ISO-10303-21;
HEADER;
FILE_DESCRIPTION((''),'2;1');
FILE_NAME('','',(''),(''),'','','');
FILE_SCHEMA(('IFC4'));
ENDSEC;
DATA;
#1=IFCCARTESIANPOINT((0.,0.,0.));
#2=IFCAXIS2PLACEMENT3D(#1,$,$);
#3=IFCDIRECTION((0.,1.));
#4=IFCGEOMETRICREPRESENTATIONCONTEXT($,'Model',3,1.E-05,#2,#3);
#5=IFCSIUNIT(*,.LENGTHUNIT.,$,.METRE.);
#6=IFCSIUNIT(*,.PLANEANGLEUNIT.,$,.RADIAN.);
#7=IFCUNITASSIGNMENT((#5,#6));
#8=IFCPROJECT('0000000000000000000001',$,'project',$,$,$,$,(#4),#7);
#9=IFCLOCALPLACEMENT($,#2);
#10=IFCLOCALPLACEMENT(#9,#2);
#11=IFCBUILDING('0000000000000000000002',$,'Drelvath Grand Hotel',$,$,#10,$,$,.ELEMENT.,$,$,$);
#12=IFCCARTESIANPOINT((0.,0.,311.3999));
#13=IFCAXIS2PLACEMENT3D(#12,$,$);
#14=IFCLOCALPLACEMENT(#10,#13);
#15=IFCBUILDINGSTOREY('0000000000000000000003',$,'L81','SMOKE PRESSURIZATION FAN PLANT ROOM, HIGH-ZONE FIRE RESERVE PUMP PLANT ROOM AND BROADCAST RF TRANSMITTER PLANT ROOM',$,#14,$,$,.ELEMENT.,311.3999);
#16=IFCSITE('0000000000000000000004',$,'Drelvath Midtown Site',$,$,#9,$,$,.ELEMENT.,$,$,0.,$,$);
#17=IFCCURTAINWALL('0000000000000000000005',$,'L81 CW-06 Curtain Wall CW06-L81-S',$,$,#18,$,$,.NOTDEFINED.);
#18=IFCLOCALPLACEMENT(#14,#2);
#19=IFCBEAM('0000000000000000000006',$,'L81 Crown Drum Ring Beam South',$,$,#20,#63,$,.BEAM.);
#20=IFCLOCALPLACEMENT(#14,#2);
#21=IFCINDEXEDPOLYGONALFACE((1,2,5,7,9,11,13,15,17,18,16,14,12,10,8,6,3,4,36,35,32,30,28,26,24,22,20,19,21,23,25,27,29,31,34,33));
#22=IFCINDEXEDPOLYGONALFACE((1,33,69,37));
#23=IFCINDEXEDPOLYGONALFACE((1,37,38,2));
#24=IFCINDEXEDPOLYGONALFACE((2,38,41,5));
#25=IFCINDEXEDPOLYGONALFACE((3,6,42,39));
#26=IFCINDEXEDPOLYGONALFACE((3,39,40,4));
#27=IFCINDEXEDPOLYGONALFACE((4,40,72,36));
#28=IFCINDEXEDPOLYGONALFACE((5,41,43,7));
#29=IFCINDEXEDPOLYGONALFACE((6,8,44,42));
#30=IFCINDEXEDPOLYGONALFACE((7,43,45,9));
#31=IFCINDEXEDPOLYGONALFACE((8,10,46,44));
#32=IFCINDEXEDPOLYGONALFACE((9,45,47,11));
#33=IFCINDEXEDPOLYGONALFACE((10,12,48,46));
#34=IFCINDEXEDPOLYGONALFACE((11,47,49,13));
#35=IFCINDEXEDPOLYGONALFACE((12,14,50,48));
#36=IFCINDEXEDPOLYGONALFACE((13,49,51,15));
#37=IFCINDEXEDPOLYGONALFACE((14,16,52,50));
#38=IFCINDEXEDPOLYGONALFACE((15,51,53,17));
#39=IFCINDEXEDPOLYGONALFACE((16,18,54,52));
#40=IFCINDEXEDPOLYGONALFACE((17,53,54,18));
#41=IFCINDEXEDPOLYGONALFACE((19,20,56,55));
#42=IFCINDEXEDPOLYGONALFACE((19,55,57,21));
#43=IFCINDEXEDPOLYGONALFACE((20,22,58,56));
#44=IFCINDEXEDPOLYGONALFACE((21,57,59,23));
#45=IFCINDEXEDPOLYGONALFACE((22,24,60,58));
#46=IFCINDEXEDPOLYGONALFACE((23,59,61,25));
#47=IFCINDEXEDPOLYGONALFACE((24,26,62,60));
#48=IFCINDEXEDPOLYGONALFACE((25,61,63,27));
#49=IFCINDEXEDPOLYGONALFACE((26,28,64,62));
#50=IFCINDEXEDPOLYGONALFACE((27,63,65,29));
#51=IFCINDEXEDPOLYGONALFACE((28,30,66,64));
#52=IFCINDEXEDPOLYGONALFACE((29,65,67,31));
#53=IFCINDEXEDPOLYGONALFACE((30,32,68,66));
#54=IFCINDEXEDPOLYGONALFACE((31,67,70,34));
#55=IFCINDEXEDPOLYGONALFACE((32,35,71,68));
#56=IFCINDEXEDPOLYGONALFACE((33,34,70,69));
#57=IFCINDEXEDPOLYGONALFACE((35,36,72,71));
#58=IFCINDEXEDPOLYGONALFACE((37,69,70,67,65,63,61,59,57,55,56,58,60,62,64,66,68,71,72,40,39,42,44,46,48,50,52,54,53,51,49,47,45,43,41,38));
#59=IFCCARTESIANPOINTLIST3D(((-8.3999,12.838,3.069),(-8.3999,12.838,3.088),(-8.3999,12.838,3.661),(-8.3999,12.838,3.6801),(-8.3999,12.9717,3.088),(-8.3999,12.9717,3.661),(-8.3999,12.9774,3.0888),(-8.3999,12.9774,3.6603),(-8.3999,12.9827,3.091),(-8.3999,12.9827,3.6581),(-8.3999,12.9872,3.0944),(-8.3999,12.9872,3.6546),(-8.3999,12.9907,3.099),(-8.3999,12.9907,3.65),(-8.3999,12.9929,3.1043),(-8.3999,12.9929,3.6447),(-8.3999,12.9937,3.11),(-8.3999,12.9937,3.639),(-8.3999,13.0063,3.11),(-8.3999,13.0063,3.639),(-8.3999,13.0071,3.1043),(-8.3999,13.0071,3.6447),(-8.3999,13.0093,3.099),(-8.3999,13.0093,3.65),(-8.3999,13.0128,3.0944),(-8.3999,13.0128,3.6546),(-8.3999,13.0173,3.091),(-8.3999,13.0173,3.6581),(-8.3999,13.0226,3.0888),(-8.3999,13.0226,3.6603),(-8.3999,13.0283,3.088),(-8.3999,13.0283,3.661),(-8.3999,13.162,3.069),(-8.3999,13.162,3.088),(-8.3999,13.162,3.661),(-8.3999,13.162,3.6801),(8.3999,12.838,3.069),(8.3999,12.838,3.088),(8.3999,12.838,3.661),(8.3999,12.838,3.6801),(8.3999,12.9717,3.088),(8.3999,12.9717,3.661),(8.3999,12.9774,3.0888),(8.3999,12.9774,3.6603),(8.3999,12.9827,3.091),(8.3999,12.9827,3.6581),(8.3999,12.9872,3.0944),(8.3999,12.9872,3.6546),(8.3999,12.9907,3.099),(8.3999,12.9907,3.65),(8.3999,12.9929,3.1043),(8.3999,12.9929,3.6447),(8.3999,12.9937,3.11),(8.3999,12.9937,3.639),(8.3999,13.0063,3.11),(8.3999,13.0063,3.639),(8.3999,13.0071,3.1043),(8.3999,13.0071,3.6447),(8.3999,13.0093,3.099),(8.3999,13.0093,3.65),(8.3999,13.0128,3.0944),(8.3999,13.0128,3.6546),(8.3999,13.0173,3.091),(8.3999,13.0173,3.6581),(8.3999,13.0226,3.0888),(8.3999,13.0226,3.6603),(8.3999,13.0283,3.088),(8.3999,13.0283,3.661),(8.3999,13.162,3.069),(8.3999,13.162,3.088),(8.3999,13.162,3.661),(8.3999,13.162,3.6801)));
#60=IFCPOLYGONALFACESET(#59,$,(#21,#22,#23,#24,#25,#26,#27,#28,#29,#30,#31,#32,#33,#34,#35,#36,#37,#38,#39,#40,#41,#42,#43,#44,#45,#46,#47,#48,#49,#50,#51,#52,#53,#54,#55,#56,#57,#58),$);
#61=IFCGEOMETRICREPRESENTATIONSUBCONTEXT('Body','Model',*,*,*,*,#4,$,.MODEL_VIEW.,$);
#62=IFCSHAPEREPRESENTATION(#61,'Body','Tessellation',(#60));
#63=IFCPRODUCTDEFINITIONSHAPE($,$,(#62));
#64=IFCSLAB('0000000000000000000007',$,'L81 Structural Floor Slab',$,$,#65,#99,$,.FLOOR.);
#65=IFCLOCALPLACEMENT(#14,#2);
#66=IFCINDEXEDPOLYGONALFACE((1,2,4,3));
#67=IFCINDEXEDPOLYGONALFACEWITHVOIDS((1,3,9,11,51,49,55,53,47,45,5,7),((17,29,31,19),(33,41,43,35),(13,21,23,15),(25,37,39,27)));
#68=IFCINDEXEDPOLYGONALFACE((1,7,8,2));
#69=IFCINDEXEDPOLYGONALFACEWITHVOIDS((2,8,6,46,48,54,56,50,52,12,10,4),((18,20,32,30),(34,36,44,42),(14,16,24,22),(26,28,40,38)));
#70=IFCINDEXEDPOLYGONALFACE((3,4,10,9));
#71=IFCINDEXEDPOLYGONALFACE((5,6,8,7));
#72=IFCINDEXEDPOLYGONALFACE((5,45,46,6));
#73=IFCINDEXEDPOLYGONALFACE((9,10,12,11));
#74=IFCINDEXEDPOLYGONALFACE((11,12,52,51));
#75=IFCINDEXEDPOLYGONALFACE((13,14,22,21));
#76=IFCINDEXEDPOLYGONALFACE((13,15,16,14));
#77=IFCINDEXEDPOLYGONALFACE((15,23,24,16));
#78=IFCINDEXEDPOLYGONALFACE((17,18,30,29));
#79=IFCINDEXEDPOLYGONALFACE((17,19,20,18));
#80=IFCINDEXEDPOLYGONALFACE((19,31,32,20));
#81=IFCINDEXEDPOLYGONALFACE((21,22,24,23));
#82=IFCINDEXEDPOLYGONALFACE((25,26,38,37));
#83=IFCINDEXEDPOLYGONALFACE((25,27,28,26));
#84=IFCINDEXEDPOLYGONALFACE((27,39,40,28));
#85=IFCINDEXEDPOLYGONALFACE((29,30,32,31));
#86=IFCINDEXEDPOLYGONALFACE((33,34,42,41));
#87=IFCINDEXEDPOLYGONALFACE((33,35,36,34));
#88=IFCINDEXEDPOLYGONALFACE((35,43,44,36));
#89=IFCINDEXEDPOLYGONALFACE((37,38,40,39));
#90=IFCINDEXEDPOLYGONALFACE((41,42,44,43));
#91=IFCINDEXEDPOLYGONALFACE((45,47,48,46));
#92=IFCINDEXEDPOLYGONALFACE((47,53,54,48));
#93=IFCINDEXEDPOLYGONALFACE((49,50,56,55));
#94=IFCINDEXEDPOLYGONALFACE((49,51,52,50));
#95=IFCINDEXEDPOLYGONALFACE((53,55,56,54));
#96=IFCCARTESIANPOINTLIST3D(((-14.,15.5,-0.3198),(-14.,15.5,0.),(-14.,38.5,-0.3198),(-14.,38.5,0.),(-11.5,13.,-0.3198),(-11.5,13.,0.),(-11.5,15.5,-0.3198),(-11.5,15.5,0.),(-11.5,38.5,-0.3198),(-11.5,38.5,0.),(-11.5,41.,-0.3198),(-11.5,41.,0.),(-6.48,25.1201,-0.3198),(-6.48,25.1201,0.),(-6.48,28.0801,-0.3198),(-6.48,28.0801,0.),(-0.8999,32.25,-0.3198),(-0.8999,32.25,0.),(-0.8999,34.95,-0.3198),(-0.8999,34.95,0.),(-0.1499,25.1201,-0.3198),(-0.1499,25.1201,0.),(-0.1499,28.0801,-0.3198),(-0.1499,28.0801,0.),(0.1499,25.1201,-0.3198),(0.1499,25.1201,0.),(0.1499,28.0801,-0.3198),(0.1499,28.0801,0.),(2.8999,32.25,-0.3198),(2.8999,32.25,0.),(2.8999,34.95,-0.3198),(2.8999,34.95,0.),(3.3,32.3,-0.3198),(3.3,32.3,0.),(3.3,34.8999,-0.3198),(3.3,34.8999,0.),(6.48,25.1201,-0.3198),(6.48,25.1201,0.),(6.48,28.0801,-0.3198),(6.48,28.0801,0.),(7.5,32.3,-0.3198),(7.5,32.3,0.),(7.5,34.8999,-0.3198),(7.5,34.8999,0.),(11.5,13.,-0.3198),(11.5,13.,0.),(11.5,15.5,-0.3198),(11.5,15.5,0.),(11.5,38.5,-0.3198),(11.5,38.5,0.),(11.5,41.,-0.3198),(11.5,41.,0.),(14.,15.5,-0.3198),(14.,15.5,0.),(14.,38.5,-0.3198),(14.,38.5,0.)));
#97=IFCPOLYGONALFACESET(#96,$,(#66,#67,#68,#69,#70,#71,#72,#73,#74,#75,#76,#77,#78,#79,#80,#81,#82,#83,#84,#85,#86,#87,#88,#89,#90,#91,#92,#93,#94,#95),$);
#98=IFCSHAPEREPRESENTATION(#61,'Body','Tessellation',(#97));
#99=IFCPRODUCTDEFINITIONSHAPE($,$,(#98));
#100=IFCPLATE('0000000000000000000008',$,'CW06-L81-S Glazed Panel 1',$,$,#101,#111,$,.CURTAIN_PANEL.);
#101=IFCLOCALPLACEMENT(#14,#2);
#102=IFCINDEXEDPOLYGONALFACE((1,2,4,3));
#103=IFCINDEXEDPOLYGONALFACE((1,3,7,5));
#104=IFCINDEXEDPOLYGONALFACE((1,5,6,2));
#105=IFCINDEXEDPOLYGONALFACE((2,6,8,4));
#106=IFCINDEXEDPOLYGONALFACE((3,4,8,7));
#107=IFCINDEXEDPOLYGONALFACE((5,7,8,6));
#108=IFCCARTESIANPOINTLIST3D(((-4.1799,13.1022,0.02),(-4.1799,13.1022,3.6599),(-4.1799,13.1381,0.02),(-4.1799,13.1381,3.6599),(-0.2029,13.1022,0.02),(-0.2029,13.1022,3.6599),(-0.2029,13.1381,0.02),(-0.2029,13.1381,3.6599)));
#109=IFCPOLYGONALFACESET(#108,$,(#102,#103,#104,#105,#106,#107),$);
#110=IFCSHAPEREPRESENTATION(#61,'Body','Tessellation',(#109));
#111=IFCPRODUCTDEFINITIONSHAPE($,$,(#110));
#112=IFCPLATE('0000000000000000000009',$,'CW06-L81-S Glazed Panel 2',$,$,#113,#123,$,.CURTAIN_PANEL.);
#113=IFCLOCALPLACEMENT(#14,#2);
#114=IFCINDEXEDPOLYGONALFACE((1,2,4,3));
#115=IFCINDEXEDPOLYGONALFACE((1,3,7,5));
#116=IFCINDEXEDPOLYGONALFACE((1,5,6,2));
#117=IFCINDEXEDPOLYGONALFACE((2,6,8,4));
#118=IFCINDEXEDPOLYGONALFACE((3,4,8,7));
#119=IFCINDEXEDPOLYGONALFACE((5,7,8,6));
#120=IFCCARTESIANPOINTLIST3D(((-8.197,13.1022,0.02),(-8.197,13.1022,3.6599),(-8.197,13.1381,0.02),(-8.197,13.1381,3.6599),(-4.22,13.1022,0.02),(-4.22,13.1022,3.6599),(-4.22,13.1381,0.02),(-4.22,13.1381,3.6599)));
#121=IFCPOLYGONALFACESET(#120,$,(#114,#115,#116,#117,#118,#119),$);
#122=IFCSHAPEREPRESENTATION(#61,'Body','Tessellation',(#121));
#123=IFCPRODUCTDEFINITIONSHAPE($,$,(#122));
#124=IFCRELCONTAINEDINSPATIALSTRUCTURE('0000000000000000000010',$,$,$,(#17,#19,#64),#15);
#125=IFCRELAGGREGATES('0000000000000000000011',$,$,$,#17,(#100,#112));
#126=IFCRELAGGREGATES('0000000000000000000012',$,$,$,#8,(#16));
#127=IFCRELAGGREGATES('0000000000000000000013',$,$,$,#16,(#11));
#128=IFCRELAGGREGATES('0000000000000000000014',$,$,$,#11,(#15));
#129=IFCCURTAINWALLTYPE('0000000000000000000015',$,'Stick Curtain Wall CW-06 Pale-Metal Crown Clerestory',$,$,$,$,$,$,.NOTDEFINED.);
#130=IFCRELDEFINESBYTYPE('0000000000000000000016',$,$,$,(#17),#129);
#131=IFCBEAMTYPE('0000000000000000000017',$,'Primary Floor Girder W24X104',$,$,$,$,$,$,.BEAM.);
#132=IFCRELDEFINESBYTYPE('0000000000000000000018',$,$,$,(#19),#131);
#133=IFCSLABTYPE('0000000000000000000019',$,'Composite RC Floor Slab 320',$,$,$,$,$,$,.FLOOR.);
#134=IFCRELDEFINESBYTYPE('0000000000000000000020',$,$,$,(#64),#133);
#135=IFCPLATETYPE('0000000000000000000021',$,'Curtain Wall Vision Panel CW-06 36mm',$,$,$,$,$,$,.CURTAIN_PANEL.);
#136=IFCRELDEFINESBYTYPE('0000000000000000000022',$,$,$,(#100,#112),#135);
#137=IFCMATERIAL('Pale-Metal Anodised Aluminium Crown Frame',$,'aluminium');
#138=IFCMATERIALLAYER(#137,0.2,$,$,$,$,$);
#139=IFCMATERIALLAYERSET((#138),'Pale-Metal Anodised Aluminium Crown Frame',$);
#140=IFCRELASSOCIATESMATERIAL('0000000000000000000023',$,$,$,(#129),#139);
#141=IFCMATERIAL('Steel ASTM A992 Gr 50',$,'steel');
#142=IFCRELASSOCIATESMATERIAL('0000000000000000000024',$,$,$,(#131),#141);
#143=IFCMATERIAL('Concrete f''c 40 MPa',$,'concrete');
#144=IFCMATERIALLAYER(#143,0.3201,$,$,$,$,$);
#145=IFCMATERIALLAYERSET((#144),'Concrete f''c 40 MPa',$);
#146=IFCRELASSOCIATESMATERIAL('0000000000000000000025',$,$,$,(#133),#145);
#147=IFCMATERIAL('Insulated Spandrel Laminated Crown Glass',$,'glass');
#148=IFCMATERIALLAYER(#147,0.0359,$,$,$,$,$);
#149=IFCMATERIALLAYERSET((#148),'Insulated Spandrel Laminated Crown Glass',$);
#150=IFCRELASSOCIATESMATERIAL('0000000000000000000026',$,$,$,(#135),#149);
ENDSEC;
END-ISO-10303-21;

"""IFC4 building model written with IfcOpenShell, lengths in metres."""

from ifc_helpers import new_model, si_unit, direction, frame, origin, origin_2d, place, context, subcontext, project, spatial, polyline, rectangle, i_section, outline, extrude, material, layer, layer_set, material_profile, profile_set, type_object, element, aggregate, save


model = new_model("IFC4")

# Units and contexts
model_context = context("Model", 3, precision=1e-05, world=origin(), true_north=direction((0.0, 1.0)))
body_context = subcontext(model_context, "Body", "Model", "MODEL_VIEW")
ifc_project = project(units=[si_unit("LENGTHUNIT", "METRE"), si_unit("PLANEANGLEUNIT", "RADIAN")], contexts=[model_context])

# Site, building, storey
site_placement = place(None, origin())
site = spatial("IfcSite", under=ifc_project, at=site_placement, Name="Drelvath Midtown Site", CompositionType="ELEMENT", RefElevation=0.0)
building_placement = place(site_placement, origin())
building = spatial("IfcBuilding", under=site, at=building_placement, Name="Drelvath Grand Hotel", CompositionType="ELEMENT")
storey_placement = place(building_placement, frame((0.0, 0.0, 311.3999)))
storey = spatial("IfcBuildingStorey", under=building, at=storey_placement, Name="L81", Description="SMOKE PRESSURIZATION FAN PLANT ROOM, HIGH-ZONE FIRE RESERVE PUMP PLANT ROOM AND BROADCAST RF TRANSMITTER PLANT ROOM", CompositionType="ELEMENT", Elevation=311.3999)

# Curtain wall
ifc_material_1 = material(Name="Pale-Metal Anodised Aluminium Crown Frame", Category="aluminium")
ifc_layer_1 = layer(ifc_material_1, 0.2)
ifc_layer_set_1 = layer_set([ifc_layer_1], Name="Pale-Metal Anodised Aluminium Crown Frame")
curtain_wall_type = type_object("IfcCurtainWallType", Name="Stick Curtain Wall CW-06 Pale-Metal Crown Clerestory", PredefinedType="NOTDEFINED", material=ifc_layer_set_1)
curtain_wall_placement = place(storey_placement, origin())
curtain_wall = element("IfcCurtainWall", 1, at=curtain_wall_placement, inside=storey, type_object=curtain_wall_type, Name="L81 CW-06 Curtain Wall CW06-L81-S", PredefinedType="NOTDEFINED")

# Beam
ifc_material_2 = material(Name="Steel ASTM A992 Gr 50", Category="steel")
ifc_material_profile_1 = material_profile(ifc_material_2, i_section(OverallWidth=0.324, OverallDepth=0.6111, WebThickness=0.0127, FlangeThickness=0.019, FilletRadius=0.022, at=origin_2d()), Name="W24X104")
ifc_profile_set_1 = profile_set([ifc_material_profile_1], Name="Steel ASTM A992 Gr 50")
beam_type_1 = type_object("IfcBeamType", Name="Primary Floor Girder W24X104", PredefinedType="BEAM", material=ifc_profile_set_1)
beam_1_placement = place(storey_placement, frame((-8.3999, 13.0, 3.3745), z_axis=(1.0, 0.0, 0.0), x_axis=(0.0, 1.0, 0.0)))
element("IfcBeam", 2, at=beam_1_placement, inside=storey, type_object=beam_type_1, Name="L81 Crown Drum Ring Beam South", PredefinedType="BEAM", context=body_context, shape_type="SweptSolid", body=[
    extrude(i_section(OverallWidth=0.324, OverallDepth=0.6111, WebThickness=0.0127, FlangeThickness=0.019, FilletRadius=0.022, at=origin_2d()), origin(), (0.0, 0.0, 1.0), 16.7998),
])

# Slab
ifc_material_3 = material(Name="Concrete f'c 40 MPa", Category="concrete")
ifc_layer_2 = layer(ifc_material_3, 0.3201)
ifc_layer_set_2 = layer_set([ifc_layer_2], Name="Concrete f'c 40 MPa")
slab_type_1 = type_object("IfcSlabType", Name="Composite RC Floor Slab 320", PredefinedType="FLOOR", material=ifc_layer_set_2)
slab_1_placement = place(storey_placement, frame((0.0, 0.0, -0.3198)))
element("IfcSlab", 3, at=slab_1_placement, inside=storey, type_object=slab_type_1, Name="L81 Structural Floor Slab", PredefinedType="FLOOR", context=body_context, shape_type="SweptSolid", body=[
    extrude(outline(polyline([(-11.5, 13.0), (11.5, 13.0), (11.5, 15.5), (14.0, 15.5), (14.0, 38.5), (11.5, 38.5), (11.5, 41.0), (-11.5, 41.0), (-11.5, 38.5), (-14.0, 38.5), (-14.0, 15.5), (-11.5, 15.5), (-11.5, 13.0)]), holes=[polyline([(-6.48, 25.1201), (-6.48, 28.0801), (-0.1499, 28.0801), (-0.1499, 25.1201), (-6.48, 25.1201)]), polyline([(0.1499, 25.1201), (0.1499, 28.0801), (6.48, 28.0801), (6.48, 25.1201), (0.1499, 25.1201)]), polyline([(-0.8999, 32.25), (-0.8999, 34.95), (2.8999, 34.95), (2.8999, 32.25), (-0.8999, 32.25)]), polyline([(3.3, 32.3), (3.3, 34.8999), (7.5, 34.8999), (7.5, 32.3), (3.3, 32.3)])]), origin(), (0.0, 0.0, 1.0), 0.3198),
])

# Plates
ifc_material_4 = material(Name="Insulated Spandrel Laminated Crown Glass", Category="glass")
ifc_layer_3 = layer(ifc_material_4, 0.0359)
ifc_layer_set_3 = layer_set([ifc_layer_3], Name="Insulated Spandrel Laminated Crown Glass")
plate_type = type_object("IfcPlateType", Name="Curtain Wall Vision Panel CW-06 36mm", PredefinedType="CURTAIN_PANEL", material=ifc_layer_set_3)
plate_1_placement = place(storey_placement, frame((-2.1914, 13.1201, 0.02), z_axis=(0.0, 0.0, 1.0), x_axis=(-1.0, 0.0, 0.0)))
plate_1 = element("IfcPlate", 4, at=plate_1_placement, type_object=plate_type, Name="CW06-L81-S Glazed Panel 1", PredefinedType="CURTAIN_PANEL", context=body_context, shape_type="SweptSolid", body=[
    extrude(rectangle(XDim=3.9771, YDim=0.0359, at=origin_2d()), origin(), (0.0, 0.0, 1.0), 3.6399),
])
plate_2_placement = place(storey_placement, frame((-6.2085, 13.1201, 0.02), z_axis=(0.0, 0.0, 1.0), x_axis=(-1.0, 0.0, 0.0)))
plate_2 = element("IfcPlate", 5, at=plate_2_placement, type_object=plate_type, Name="CW06-L81-S Glazed Panel 2", PredefinedType="CURTAIN_PANEL", context=body_context, shape_type="SweptSolid", body=[
    extrude(rectangle(XDim=3.9771, YDim=0.0359, at=origin_2d()), origin(), (0.0, 0.0, 1.0), 3.6399),
])
aggregate(curtain_wall, [plate_1, plate_2])

save(model, "model.ifc")
